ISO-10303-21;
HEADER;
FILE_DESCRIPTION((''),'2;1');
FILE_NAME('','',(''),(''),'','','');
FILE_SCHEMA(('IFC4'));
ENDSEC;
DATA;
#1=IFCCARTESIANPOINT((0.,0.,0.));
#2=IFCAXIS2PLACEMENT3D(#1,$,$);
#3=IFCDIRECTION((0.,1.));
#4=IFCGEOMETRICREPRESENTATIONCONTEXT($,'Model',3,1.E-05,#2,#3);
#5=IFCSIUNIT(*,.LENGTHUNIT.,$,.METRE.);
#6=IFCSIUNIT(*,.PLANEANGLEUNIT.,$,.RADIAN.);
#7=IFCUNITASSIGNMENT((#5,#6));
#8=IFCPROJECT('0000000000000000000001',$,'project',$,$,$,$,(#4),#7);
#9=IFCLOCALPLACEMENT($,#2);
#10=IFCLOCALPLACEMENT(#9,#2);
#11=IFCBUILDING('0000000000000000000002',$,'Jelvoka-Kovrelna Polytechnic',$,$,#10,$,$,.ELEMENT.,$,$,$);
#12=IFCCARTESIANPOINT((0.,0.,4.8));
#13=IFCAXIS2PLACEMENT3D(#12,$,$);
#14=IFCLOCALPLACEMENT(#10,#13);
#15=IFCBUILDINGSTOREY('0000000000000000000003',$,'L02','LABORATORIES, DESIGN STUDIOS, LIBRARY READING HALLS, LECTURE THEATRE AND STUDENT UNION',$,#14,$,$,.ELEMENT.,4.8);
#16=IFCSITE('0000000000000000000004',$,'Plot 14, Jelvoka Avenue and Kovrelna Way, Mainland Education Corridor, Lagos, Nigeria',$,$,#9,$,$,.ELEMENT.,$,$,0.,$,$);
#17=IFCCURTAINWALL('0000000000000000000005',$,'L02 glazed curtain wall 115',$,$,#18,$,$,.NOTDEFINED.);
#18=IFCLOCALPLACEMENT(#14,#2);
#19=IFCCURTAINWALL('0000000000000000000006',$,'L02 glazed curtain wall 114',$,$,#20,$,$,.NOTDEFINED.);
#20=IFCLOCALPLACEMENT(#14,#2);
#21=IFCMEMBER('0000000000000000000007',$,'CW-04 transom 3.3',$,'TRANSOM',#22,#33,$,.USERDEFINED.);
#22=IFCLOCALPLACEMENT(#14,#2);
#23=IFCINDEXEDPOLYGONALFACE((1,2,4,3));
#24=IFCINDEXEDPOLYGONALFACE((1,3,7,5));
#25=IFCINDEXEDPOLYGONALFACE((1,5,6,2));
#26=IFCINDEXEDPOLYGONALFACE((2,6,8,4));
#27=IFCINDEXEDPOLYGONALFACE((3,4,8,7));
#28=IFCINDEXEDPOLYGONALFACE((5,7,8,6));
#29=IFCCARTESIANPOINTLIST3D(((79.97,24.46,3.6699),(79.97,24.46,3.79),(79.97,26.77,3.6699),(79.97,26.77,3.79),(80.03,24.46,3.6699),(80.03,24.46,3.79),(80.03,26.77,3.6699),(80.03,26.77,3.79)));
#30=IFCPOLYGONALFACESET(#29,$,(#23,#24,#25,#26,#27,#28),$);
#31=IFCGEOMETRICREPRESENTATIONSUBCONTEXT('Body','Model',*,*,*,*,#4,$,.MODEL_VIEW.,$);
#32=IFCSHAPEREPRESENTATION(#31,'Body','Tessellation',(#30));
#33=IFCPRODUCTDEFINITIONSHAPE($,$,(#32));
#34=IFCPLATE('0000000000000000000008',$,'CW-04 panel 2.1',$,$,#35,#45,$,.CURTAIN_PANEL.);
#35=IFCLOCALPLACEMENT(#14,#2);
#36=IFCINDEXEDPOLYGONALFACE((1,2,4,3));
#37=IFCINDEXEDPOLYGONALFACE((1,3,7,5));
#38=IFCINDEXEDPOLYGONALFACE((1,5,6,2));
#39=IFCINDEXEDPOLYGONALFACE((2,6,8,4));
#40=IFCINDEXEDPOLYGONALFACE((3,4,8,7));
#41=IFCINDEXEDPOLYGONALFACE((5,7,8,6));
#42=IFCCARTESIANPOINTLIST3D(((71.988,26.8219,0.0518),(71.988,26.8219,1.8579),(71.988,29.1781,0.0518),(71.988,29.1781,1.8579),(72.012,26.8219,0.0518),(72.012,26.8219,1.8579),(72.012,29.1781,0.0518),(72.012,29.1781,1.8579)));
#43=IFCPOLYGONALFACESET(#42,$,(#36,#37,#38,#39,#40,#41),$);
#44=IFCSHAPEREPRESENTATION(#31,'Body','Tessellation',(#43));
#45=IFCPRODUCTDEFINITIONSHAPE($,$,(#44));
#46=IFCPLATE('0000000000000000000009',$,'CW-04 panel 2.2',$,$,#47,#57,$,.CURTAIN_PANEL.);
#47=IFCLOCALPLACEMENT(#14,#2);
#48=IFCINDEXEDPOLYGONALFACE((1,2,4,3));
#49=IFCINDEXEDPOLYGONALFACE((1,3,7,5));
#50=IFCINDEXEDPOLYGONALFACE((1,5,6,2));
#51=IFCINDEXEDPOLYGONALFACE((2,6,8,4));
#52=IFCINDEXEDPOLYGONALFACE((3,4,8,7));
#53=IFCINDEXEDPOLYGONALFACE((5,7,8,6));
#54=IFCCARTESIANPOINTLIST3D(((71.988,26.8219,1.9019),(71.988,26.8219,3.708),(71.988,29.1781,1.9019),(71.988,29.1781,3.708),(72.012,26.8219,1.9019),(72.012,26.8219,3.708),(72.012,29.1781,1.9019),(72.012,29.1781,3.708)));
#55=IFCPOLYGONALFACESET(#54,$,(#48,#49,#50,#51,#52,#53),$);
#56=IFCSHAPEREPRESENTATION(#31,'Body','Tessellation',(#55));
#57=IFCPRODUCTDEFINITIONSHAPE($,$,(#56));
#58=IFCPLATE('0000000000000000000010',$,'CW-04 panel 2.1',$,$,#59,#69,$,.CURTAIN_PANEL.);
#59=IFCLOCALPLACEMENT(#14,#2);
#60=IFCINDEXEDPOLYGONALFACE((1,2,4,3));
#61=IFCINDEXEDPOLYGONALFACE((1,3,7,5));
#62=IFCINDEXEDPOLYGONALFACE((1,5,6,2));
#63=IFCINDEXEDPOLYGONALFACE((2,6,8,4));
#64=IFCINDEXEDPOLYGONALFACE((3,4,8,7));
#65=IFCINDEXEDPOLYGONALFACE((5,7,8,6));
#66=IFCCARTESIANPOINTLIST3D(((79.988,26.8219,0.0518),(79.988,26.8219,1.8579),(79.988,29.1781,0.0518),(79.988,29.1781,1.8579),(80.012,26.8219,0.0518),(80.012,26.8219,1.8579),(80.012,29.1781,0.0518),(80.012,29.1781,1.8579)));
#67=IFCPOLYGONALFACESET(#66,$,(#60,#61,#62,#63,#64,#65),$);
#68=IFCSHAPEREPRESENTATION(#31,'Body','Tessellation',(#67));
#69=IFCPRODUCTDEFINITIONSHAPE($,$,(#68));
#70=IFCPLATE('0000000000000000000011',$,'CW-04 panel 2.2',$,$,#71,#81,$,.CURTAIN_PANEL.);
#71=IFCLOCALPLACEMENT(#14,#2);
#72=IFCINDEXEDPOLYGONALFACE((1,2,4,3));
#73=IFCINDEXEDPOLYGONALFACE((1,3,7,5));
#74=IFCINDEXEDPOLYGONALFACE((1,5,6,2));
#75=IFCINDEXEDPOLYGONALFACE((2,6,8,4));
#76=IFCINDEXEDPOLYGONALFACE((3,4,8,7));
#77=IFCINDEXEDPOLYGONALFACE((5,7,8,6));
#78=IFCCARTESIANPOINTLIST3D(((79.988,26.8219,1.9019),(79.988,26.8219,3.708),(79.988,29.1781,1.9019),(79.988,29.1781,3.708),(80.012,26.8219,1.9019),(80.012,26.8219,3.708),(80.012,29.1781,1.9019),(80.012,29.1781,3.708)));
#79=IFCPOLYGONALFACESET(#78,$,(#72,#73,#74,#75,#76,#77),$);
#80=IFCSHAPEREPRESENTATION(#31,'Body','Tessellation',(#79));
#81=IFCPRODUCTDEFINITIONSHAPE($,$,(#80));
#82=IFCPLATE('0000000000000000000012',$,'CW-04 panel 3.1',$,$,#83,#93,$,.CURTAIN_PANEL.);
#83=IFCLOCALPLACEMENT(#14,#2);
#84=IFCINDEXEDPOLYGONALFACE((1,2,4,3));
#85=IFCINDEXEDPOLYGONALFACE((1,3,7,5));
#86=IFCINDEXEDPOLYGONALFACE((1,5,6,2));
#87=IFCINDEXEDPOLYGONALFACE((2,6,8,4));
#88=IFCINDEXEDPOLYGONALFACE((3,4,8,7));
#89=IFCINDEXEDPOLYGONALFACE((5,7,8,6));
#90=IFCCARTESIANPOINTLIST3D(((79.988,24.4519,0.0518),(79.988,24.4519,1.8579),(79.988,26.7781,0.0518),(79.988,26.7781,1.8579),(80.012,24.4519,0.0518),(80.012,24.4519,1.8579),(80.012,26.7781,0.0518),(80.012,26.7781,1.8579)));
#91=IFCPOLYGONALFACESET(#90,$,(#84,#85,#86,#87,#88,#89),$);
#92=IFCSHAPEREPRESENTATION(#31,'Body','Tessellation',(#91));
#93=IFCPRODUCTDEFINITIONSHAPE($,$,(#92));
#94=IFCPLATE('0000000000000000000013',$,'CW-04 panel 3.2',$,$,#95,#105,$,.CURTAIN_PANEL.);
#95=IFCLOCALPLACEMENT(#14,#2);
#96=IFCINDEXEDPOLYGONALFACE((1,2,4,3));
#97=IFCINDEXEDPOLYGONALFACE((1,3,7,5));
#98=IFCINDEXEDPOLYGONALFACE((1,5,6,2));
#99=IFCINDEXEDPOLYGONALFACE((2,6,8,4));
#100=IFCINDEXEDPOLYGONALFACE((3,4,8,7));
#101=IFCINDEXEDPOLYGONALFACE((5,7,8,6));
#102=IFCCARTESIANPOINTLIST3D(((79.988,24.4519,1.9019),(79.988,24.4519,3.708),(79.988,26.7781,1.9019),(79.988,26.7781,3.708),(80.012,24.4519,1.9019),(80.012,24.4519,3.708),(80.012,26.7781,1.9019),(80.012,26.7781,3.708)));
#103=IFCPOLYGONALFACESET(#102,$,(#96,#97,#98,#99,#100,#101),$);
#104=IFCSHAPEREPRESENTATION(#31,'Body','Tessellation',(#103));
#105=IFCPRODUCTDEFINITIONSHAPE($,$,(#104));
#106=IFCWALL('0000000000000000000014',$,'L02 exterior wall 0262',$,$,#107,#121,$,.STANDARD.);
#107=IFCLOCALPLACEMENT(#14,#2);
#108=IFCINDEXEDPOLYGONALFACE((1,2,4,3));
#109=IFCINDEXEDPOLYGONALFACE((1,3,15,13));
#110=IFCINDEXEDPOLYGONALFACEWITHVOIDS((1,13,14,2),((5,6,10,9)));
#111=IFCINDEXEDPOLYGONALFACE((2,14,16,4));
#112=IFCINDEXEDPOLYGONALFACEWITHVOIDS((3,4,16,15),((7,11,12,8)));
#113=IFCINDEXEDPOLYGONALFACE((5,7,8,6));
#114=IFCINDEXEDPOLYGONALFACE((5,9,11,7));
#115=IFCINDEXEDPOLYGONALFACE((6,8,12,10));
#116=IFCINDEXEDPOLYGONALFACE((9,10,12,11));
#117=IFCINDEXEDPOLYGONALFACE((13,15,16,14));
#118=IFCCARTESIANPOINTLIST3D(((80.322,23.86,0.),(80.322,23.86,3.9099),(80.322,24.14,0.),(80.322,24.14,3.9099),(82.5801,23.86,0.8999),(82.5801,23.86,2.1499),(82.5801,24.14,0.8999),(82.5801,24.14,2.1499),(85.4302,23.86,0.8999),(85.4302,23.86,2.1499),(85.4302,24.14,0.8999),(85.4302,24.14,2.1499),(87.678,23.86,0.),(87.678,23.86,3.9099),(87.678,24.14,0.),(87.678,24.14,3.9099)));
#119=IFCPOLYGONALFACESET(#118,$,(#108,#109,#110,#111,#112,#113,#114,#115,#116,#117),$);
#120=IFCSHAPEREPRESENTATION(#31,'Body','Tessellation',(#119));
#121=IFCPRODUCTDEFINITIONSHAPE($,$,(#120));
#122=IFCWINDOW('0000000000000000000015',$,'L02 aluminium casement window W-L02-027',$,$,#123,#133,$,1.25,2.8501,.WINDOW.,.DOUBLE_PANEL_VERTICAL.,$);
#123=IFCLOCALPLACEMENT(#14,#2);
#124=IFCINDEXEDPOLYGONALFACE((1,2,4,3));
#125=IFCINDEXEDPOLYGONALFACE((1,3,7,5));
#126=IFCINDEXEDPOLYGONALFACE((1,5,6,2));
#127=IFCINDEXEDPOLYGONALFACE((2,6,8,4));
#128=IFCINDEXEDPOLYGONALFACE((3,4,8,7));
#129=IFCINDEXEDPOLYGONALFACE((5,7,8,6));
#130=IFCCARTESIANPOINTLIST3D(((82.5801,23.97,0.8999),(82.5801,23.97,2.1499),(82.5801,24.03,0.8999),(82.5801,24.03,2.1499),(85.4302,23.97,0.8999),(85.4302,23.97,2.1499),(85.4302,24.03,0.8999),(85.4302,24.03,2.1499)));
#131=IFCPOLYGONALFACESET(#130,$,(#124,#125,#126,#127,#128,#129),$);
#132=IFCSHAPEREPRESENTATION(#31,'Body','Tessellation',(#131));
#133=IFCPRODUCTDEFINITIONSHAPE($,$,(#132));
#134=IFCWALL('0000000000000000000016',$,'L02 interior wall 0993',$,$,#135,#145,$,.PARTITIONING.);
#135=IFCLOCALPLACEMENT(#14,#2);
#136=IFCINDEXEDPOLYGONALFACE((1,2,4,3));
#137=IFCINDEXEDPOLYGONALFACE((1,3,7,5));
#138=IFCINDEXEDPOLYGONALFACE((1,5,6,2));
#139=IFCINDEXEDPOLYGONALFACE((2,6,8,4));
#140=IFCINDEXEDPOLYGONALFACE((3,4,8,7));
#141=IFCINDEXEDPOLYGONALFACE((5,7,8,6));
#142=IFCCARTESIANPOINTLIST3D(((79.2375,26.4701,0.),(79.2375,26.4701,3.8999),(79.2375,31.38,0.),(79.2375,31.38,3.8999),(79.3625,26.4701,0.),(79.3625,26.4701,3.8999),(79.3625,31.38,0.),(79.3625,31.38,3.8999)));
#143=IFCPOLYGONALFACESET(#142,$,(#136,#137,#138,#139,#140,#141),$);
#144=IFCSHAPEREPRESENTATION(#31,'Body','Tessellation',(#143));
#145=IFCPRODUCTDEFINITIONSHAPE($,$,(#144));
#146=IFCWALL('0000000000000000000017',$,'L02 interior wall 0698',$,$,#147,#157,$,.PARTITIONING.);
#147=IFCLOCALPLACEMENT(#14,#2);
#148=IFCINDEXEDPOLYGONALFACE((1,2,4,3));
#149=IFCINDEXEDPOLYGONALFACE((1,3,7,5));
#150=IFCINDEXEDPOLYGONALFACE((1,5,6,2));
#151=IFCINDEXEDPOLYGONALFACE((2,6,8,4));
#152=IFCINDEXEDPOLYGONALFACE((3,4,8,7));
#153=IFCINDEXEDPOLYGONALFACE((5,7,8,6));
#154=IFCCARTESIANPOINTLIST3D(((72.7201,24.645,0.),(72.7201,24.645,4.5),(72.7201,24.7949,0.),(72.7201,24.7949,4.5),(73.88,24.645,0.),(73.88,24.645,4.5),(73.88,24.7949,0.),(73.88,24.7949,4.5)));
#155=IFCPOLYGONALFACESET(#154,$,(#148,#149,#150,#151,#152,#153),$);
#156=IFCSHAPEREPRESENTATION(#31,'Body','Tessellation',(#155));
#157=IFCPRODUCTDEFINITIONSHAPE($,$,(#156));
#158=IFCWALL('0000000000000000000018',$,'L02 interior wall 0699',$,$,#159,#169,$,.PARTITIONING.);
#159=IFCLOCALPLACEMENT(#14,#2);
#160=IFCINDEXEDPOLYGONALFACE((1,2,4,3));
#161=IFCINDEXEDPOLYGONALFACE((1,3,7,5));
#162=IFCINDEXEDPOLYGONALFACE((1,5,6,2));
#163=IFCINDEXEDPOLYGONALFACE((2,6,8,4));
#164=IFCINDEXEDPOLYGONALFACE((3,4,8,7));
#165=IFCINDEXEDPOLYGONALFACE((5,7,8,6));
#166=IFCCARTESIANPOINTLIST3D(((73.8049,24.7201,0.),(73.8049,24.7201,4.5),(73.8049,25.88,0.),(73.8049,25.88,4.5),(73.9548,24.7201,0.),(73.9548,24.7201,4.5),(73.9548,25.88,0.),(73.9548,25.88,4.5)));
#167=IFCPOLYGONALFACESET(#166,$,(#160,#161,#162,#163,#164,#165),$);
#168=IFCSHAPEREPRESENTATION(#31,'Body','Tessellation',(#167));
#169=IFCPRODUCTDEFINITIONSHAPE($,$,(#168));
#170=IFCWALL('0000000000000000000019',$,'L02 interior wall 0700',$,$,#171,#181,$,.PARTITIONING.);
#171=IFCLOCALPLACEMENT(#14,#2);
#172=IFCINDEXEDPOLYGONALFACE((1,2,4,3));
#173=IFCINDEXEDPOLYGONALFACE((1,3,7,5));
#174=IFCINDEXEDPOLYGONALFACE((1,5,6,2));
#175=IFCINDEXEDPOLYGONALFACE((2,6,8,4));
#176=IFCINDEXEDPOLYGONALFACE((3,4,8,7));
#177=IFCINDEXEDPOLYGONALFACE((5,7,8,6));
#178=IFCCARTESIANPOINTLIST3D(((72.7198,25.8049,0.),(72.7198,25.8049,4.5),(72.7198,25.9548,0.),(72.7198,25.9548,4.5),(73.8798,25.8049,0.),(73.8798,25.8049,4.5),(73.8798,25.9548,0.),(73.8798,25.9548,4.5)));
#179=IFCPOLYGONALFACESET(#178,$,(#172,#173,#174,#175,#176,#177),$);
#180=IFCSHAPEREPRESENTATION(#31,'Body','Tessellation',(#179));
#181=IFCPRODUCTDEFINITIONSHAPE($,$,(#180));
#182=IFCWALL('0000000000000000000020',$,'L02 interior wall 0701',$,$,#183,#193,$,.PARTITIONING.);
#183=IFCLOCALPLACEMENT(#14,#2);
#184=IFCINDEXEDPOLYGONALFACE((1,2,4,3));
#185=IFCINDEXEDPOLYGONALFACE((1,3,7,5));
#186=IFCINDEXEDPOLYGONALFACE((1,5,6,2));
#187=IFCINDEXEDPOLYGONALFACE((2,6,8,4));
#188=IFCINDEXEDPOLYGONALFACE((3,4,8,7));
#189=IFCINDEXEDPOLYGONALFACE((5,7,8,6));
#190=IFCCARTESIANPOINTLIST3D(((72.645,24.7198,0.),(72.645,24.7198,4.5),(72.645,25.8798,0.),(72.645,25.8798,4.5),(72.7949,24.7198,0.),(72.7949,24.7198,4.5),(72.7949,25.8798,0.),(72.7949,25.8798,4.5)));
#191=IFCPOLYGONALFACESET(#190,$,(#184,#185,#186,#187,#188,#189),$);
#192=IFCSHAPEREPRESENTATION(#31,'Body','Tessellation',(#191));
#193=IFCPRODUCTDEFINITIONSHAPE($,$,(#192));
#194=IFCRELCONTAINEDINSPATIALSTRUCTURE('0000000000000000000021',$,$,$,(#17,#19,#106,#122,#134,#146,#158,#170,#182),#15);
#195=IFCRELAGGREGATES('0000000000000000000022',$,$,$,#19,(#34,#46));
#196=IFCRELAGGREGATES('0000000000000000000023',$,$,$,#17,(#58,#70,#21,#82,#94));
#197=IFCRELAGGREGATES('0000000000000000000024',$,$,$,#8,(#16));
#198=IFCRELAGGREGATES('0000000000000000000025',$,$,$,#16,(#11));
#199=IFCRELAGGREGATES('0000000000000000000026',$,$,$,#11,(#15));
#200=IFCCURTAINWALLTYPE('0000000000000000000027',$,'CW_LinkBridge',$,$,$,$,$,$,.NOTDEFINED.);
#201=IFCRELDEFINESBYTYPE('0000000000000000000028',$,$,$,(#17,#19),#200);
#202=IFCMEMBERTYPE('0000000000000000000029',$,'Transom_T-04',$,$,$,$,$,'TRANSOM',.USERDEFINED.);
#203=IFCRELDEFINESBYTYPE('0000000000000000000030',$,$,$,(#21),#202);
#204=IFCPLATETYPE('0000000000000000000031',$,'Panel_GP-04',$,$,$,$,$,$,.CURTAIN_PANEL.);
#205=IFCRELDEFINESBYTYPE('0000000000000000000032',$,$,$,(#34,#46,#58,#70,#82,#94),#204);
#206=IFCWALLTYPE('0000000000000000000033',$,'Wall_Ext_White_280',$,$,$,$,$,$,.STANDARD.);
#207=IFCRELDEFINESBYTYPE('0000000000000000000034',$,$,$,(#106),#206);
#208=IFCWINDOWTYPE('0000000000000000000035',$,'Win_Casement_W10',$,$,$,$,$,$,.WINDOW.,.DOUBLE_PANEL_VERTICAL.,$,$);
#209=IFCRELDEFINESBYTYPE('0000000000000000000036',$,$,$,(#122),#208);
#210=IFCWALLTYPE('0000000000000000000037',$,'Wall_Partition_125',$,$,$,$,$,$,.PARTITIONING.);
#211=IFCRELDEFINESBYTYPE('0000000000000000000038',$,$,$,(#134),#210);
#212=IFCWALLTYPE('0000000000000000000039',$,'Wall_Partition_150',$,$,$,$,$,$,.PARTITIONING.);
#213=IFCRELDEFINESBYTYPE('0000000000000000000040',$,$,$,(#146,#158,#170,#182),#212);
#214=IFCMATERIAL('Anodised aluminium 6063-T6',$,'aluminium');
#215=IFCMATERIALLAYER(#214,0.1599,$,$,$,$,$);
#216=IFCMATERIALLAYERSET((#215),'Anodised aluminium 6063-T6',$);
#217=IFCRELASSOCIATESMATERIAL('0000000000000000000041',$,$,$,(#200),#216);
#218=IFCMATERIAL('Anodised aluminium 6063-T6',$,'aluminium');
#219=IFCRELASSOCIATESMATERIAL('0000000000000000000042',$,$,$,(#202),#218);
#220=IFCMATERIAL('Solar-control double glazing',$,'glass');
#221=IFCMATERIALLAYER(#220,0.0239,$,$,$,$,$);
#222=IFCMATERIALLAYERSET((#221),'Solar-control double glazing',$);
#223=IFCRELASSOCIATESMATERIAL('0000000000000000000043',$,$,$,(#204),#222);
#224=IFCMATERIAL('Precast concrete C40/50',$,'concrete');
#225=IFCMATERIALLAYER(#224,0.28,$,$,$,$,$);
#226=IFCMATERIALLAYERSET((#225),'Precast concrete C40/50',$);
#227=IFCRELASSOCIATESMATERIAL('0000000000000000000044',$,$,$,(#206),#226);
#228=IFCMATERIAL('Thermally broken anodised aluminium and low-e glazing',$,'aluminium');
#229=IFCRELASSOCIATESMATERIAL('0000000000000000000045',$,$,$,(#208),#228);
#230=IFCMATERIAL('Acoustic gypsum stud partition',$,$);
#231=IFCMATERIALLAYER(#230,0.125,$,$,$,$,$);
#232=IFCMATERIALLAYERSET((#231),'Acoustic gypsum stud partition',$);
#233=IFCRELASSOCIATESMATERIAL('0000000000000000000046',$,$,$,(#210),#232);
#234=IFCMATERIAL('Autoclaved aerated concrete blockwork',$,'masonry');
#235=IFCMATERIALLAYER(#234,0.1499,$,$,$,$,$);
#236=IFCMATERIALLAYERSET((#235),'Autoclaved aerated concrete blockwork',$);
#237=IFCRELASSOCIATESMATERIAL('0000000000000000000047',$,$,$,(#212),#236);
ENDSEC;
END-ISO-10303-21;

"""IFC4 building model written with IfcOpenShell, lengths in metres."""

from ifc_helpers import new_model, si_unit, direction, frame, frame_2d, origin, origin_2d, place, context, subcontext, project, spatial, rectangle, extrude, material, layer, layer_set, material_profile, profile_set, type_object, element, fill, aggregate, save


model = new_model("IFC4")

# Units and contexts
model_context = context("Model", 3, precision=1e-05, world=origin(), true_north=direction((0.0, 1.0)))
body_context = subcontext(model_context, "Body", "Model", "MODEL_VIEW")
ifc_project = project(units=[si_unit("LENGTHUNIT", "METRE"), si_unit("PLANEANGLEUNIT", "RADIAN")], contexts=[model_context])

# Site, building, storey
site_placement = place(None, origin())
site = spatial("IfcSite", under=ifc_project, at=site_placement, Name="Plot 14, Jelvoka Avenue and Kovrelna Way, Mainland Education Corridor, Lagos, Nigeria", CompositionType="ELEMENT", RefElevation=0.0)
building_placement = place(site_placement, origin())
building = spatial("IfcBuilding", under=site, at=building_placement, Name="Jelvoka-Kovrelna Polytechnic", CompositionType="ELEMENT")
storey_placement = place(building_placement, frame((0.0, 0.0, 4.8)))
storey = spatial("IfcBuildingStorey", under=building, at=storey_placement, Name="L02", Description="LABORATORIES, DESIGN STUDIOS, LIBRARY READING HALLS, LECTURE THEATRE AND STUDENT UNION", CompositionType="ELEMENT", Elevation=4.8)

# Curtain wall
ifc_material_1 = material(Name="Anodised aluminium 6063-T6", Category="aluminium")
ifc_layer_1 = layer(ifc_material_1, 0.1599)
ifc_layer_set_1 = layer_set([ifc_layer_1], Name="Anodised aluminium 6063-T6")
curtain_wall_type = type_object("IfcCurtainWallType", Name="CW_LinkBridge", PredefinedType="NOTDEFINED", material=ifc_layer_set_1)
curtain_wall_1_placement = place(storey_placement, origin())
curtain_wall_1 = element("IfcCurtainWall", 1, at=curtain_wall_1_placement, inside=storey, type_object=curtain_wall_type, Name="L02 glazed curtain wall 115", PredefinedType="NOTDEFINED")

# Curtain wall
curtain_wall_2_placement = place(storey_placement, origin())
curtain_wall_2 = element("IfcCurtainWall", 2, at=curtain_wall_2_placement, inside=storey, type_object=curtain_wall_type, Name="L02 glazed curtain wall 114", PredefinedType="NOTDEFINED")
ifc_material_2 = material(Name="Anodised aluminium 6063-T6", Category="aluminium")
ifc_material_profile_1 = material_profile(ifc_material_2, rectangle(XDim=0.0601, YDim=0.1201, at=origin_2d()), Name="ALU 60x120")
ifc_profile_set_1 = profile_set([ifc_material_profile_1], Name="Anodised aluminium 6063-T6")
member_type_1 = type_object("IfcMemberType", Name="Transom_T-04", ElementType="TRANSOM", PredefinedType="USERDEFINED", material=ifc_profile_set_1)

# Member
member_1_placement = place(storey_placement, frame((80.0, 26.77, 3.73), z_axis=(0.0, -1.0, 0.0), x_axis=(1.0, 0.0, 0.0)))
member_1 = element("IfcMember", 3, at=member_1_placement, type_object=member_type_1, Name="CW-04 transom 3.3", ObjectType="TRANSOM", PredefinedType="USERDEFINED", context=body_context, shape_type="SweptSolid", body=[
    extrude(rectangle(XDim=0.0601, YDim=0.1201, at=origin_2d()), origin(), (0.0, 0.0, 1.0), 2.3101),
])

# Plates
ifc_material_3 = material(Name="Solar-control double glazing", Category="glass")
ifc_layer_2 = layer(ifc_material_3, 0.0239)
ifc_layer_set_2 = layer_set([ifc_layer_2], Name="Solar-control double glazing")
plate_type = type_object("IfcPlateType", Name="Panel_GP-04", PredefinedType="CURTAIN_PANEL", material=ifc_layer_set_2)
plate_1_placement = place(storey_placement, frame((72.0, 28.0, 0.0518), z_axis=(0.0, 0.0, 1.0), x_axis=(0.0, 1.0, 0.0)))
plate_1 = element("IfcPlate", 4, at=plate_1_placement, type_object=plate_type, Name="CW-04 panel 2.1", PredefinedType="CURTAIN_PANEL", context=body_context, shape_type="SweptSolid", body=[
    extrude(rectangle(XDim=2.3562, YDim=0.0239, at=origin_2d()), origin(), (0.0, 0.0, 1.0), 1.8062),
])
plate_2_placement = place(storey_placement, frame((72.0, 28.0, 1.9019), z_axis=(0.0, 0.0, 1.0), x_axis=(0.0, 1.0, 0.0)))
plate_2 = element("IfcPlate", 5, at=plate_2_placement, type_object=plate_type, Name="CW-04 panel 2.2", PredefinedType="CURTAIN_PANEL", context=body_context, shape_type="SweptSolid", body=[
    extrude(rectangle(XDim=2.3562, YDim=0.0239, at=origin_2d()), origin(), (0.0, 0.0, 1.0), 1.8062),
])
aggregate(curtain_wall_2, [plate_1, plate_2])
plate_3_placement = place(storey_placement, frame((80.0, 28.0, 0.0518), z_axis=(0.0, 0.0, 1.0), x_axis=(0.0, -1.0, 0.0)))
plate_3 = element("IfcPlate", 6, at=plate_3_placement, type_object=plate_type, Name="CW-04 panel 2.1", PredefinedType="CURTAIN_PANEL", context=body_context, shape_type="SweptSolid", body=[
    extrude(rectangle(XDim=2.3562, YDim=0.0239, at=origin_2d()), origin(), (0.0, 0.0, 1.0), 1.8062),
])
plate_4_placement = place(storey_placement, frame((80.0, 28.0, 1.9019), z_axis=(0.0, 0.0, 1.0), x_axis=(0.0, -1.0, 0.0)))
plate_4 = element("IfcPlate", 7, at=plate_4_placement, type_object=plate_type, Name="CW-04 panel 2.2", PredefinedType="CURTAIN_PANEL", context=body_context, shape_type="SweptSolid", body=[
    extrude(rectangle(XDim=2.3562, YDim=0.0239, at=origin_2d()), origin(), (0.0, 0.0, 1.0), 1.8062),
])
plate_5_placement = place(storey_placement, frame((80.0, 25.615, 0.0518), z_axis=(0.0, 0.0, 1.0), x_axis=(0.0, -1.0, 0.0)))
plate_5 = element("IfcPlate", 8, at=plate_5_placement, type_object=plate_type, Name="CW-04 panel 3.1", PredefinedType="CURTAIN_PANEL", context=body_context, shape_type="SweptSolid", body=[
    extrude(rectangle(XDim=2.3262, YDim=0.0239, at=origin_2d()), origin(), (0.0, 0.0, 1.0), 1.8062),
])
plate_6_placement = place(storey_placement, frame((80.0, 25.615, 1.9019), z_axis=(0.0, 0.0, 1.0), x_axis=(0.0, -1.0, 0.0)))
plate_6 = element("IfcPlate", 9, at=plate_6_placement, type_object=plate_type, Name="CW-04 panel 3.2", PredefinedType="CURTAIN_PANEL", context=body_context, shape_type="SweptSolid", body=[
    extrude(rectangle(XDim=2.3262, YDim=0.0239, at=origin_2d()), origin(), (0.0, 0.0, 1.0), 1.8062),
])
aggregate(curtain_wall_1, [plate_3, plate_4, member_1, plate_5, plate_6])

# Wall, opening, window
ifc_material_4 = material(Name="Precast concrete C40/50", Category="concrete")
ifc_layer_3 = layer(ifc_material_4, 0.28)
ifc_layer_set_3 = layer_set([ifc_layer_3], Name="Precast concrete C40/50")
wall_type_1 = type_object("IfcWallType", Name="Wall_Ext_White_280", PredefinedType="STANDARD", material=ifc_layer_set_3)
wall_1_placement = place(storey_placement, frame((80.322, 24.0, 0.0), z_axis=(0.0, 0.0, 1.0), x_axis=(1.0, 0.0, 0.0)))
wall_1 = element("IfcWall", 10, at=wall_1_placement, inside=storey, type_object=wall_type_1, Name="L02 exterior wall 0262", PredefinedType="STANDARD", context=body_context, shape_type="SweptSolid", body=[
    extrude(rectangle(XDim=7.356, YDim=0.28, at=frame_2d((3.678, 0.0))), origin(), (0.0, 0.0, 1.0), 3.9099),
])
opening_placement = place(wall_1_placement, frame((2.2581, 0.0, 0.8999)))
opening = element("IfcOpeningElement", 11, at=opening_placement, cuts=wall_1, PredefinedType="OPENING", context=body_context, shape_type="SweptSolid", body=[
    extrude(rectangle(XDim=2.8501, YDim=1.25, at=frame_2d((1.425, 0.625))), frame((0.0, 0.1501, 0.0), z_axis=(0.0, -1.0, 0.0), x_axis=(1.0, 0.0, 0.0)), (0.0, 0.0, 1.0), 0.3),
])
ifc_material_5 = material(Name="Thermally broken anodised aluminium and low-e glazing", Category="aluminium")
window_type = type_object("IfcWindowType", Name="Win_Casement_W10", PartitioningType="DOUBLE_PANEL_VERTICAL", PredefinedType="WINDOW", material=ifc_material_5)
window_placement = place(opening_placement, origin())
window = element("IfcWindow", 12, at=window_placement, inside=storey, type_object=window_type, Name="L02 aluminium casement window W-L02-027", OverallHeight=1.25, OverallWidth=2.8501, PartitioningType="DOUBLE_PANEL_VERTICAL", PredefinedType="WINDOW", context=body_context, shape_type="SweptSolid", body=[
    extrude(rectangle(XDim=2.8501, YDim=1.25, at=frame_2d((1.425, 0.625))), frame((0.0, 0.03, 0.0), z_axis=(0.0, -1.0, 0.0), x_axis=(1.0, 0.0, 0.0)), (0.0, 0.0, 1.0), 0.0601),
])
fill(opening, window)

# Walls
ifc_material_6 = material(Name="Acoustic gypsum stud partition")
ifc_layer_4 = layer(ifc_material_6, 0.125)
ifc_layer_set_4 = layer_set([ifc_layer_4], Name="Acoustic gypsum stud partition")
wall_type_2 = type_object("IfcWallType", Name="Wall_Partition_125", PredefinedType="PARTITIONING", material=ifc_layer_set_4)
wall_2_placement = place(storey_placement, frame((79.3, 26.47, 0.0), z_axis=(0.0, 0.0, 1.0), x_axis=(0.0, 1.0, 0.0)))
element("IfcWall", 13, at=wall_2_placement, inside=storey, type_object=wall_type_2, Name="L02 interior wall 0993", PredefinedType="PARTITIONING", context=body_context, shape_type="SweptSolid", body=[
    extrude(rectangle(XDim=4.9099, YDim=0.125, at=frame_2d((2.4551, 0.0))), origin(), (0.0, 0.0, 1.0), 3.8999),
])
ifc_material_7 = material(Name="Autoclaved aerated concrete blockwork", Category="masonry")
ifc_layer_5 = layer(ifc_material_7, 0.1499)
ifc_layer_set_5 = layer_set([ifc_layer_5], Name="Autoclaved aerated concrete blockwork")
wall_type_3 = type_object("IfcWallType", Name="Wall_Partition_150", PredefinedType="PARTITIONING", material=ifc_layer_set_5)
for number, where, z_axis, x_axis, name in (
    (14, (72.72, 24.72, 0.0), (0.0, 0.0, 1.0), (1.0, 0.0, 0.0), "L02 interior wall 0698"),
    (15, (73.8799, 24.72, 0.0), (0.0, 0.0, 1.0), (0.0, 1.0, 0.0), "L02 interior wall 0699"),
    (16, (73.8799, 25.8799, 0.0), (0.0, 0.0, 1.0), (-1.0, 0.0, 0.0), "L02 interior wall 0700"),
    (17, (72.72, 25.8799, 0.0), (0.0, 0.0, 1.0), (0.0, -1.0, 0.0), "L02 interior wall 0701"),
):
    element("IfcWall", number, at=place(storey_placement, frame(where, z_axis=z_axis, x_axis=x_axis)), inside=storey, type_object=wall_type_3, Name=name, PredefinedType="PARTITIONING", context=body_context, shape_type="SweptSolid", body=[
        extrude(rectangle(XDim=1.1599, YDim=0.1499, at=frame_2d((0.5801, 0.0))), origin(), (0.0, 0.0, 1.0), 4.5),
    ])

save(model, "model.ifc")
